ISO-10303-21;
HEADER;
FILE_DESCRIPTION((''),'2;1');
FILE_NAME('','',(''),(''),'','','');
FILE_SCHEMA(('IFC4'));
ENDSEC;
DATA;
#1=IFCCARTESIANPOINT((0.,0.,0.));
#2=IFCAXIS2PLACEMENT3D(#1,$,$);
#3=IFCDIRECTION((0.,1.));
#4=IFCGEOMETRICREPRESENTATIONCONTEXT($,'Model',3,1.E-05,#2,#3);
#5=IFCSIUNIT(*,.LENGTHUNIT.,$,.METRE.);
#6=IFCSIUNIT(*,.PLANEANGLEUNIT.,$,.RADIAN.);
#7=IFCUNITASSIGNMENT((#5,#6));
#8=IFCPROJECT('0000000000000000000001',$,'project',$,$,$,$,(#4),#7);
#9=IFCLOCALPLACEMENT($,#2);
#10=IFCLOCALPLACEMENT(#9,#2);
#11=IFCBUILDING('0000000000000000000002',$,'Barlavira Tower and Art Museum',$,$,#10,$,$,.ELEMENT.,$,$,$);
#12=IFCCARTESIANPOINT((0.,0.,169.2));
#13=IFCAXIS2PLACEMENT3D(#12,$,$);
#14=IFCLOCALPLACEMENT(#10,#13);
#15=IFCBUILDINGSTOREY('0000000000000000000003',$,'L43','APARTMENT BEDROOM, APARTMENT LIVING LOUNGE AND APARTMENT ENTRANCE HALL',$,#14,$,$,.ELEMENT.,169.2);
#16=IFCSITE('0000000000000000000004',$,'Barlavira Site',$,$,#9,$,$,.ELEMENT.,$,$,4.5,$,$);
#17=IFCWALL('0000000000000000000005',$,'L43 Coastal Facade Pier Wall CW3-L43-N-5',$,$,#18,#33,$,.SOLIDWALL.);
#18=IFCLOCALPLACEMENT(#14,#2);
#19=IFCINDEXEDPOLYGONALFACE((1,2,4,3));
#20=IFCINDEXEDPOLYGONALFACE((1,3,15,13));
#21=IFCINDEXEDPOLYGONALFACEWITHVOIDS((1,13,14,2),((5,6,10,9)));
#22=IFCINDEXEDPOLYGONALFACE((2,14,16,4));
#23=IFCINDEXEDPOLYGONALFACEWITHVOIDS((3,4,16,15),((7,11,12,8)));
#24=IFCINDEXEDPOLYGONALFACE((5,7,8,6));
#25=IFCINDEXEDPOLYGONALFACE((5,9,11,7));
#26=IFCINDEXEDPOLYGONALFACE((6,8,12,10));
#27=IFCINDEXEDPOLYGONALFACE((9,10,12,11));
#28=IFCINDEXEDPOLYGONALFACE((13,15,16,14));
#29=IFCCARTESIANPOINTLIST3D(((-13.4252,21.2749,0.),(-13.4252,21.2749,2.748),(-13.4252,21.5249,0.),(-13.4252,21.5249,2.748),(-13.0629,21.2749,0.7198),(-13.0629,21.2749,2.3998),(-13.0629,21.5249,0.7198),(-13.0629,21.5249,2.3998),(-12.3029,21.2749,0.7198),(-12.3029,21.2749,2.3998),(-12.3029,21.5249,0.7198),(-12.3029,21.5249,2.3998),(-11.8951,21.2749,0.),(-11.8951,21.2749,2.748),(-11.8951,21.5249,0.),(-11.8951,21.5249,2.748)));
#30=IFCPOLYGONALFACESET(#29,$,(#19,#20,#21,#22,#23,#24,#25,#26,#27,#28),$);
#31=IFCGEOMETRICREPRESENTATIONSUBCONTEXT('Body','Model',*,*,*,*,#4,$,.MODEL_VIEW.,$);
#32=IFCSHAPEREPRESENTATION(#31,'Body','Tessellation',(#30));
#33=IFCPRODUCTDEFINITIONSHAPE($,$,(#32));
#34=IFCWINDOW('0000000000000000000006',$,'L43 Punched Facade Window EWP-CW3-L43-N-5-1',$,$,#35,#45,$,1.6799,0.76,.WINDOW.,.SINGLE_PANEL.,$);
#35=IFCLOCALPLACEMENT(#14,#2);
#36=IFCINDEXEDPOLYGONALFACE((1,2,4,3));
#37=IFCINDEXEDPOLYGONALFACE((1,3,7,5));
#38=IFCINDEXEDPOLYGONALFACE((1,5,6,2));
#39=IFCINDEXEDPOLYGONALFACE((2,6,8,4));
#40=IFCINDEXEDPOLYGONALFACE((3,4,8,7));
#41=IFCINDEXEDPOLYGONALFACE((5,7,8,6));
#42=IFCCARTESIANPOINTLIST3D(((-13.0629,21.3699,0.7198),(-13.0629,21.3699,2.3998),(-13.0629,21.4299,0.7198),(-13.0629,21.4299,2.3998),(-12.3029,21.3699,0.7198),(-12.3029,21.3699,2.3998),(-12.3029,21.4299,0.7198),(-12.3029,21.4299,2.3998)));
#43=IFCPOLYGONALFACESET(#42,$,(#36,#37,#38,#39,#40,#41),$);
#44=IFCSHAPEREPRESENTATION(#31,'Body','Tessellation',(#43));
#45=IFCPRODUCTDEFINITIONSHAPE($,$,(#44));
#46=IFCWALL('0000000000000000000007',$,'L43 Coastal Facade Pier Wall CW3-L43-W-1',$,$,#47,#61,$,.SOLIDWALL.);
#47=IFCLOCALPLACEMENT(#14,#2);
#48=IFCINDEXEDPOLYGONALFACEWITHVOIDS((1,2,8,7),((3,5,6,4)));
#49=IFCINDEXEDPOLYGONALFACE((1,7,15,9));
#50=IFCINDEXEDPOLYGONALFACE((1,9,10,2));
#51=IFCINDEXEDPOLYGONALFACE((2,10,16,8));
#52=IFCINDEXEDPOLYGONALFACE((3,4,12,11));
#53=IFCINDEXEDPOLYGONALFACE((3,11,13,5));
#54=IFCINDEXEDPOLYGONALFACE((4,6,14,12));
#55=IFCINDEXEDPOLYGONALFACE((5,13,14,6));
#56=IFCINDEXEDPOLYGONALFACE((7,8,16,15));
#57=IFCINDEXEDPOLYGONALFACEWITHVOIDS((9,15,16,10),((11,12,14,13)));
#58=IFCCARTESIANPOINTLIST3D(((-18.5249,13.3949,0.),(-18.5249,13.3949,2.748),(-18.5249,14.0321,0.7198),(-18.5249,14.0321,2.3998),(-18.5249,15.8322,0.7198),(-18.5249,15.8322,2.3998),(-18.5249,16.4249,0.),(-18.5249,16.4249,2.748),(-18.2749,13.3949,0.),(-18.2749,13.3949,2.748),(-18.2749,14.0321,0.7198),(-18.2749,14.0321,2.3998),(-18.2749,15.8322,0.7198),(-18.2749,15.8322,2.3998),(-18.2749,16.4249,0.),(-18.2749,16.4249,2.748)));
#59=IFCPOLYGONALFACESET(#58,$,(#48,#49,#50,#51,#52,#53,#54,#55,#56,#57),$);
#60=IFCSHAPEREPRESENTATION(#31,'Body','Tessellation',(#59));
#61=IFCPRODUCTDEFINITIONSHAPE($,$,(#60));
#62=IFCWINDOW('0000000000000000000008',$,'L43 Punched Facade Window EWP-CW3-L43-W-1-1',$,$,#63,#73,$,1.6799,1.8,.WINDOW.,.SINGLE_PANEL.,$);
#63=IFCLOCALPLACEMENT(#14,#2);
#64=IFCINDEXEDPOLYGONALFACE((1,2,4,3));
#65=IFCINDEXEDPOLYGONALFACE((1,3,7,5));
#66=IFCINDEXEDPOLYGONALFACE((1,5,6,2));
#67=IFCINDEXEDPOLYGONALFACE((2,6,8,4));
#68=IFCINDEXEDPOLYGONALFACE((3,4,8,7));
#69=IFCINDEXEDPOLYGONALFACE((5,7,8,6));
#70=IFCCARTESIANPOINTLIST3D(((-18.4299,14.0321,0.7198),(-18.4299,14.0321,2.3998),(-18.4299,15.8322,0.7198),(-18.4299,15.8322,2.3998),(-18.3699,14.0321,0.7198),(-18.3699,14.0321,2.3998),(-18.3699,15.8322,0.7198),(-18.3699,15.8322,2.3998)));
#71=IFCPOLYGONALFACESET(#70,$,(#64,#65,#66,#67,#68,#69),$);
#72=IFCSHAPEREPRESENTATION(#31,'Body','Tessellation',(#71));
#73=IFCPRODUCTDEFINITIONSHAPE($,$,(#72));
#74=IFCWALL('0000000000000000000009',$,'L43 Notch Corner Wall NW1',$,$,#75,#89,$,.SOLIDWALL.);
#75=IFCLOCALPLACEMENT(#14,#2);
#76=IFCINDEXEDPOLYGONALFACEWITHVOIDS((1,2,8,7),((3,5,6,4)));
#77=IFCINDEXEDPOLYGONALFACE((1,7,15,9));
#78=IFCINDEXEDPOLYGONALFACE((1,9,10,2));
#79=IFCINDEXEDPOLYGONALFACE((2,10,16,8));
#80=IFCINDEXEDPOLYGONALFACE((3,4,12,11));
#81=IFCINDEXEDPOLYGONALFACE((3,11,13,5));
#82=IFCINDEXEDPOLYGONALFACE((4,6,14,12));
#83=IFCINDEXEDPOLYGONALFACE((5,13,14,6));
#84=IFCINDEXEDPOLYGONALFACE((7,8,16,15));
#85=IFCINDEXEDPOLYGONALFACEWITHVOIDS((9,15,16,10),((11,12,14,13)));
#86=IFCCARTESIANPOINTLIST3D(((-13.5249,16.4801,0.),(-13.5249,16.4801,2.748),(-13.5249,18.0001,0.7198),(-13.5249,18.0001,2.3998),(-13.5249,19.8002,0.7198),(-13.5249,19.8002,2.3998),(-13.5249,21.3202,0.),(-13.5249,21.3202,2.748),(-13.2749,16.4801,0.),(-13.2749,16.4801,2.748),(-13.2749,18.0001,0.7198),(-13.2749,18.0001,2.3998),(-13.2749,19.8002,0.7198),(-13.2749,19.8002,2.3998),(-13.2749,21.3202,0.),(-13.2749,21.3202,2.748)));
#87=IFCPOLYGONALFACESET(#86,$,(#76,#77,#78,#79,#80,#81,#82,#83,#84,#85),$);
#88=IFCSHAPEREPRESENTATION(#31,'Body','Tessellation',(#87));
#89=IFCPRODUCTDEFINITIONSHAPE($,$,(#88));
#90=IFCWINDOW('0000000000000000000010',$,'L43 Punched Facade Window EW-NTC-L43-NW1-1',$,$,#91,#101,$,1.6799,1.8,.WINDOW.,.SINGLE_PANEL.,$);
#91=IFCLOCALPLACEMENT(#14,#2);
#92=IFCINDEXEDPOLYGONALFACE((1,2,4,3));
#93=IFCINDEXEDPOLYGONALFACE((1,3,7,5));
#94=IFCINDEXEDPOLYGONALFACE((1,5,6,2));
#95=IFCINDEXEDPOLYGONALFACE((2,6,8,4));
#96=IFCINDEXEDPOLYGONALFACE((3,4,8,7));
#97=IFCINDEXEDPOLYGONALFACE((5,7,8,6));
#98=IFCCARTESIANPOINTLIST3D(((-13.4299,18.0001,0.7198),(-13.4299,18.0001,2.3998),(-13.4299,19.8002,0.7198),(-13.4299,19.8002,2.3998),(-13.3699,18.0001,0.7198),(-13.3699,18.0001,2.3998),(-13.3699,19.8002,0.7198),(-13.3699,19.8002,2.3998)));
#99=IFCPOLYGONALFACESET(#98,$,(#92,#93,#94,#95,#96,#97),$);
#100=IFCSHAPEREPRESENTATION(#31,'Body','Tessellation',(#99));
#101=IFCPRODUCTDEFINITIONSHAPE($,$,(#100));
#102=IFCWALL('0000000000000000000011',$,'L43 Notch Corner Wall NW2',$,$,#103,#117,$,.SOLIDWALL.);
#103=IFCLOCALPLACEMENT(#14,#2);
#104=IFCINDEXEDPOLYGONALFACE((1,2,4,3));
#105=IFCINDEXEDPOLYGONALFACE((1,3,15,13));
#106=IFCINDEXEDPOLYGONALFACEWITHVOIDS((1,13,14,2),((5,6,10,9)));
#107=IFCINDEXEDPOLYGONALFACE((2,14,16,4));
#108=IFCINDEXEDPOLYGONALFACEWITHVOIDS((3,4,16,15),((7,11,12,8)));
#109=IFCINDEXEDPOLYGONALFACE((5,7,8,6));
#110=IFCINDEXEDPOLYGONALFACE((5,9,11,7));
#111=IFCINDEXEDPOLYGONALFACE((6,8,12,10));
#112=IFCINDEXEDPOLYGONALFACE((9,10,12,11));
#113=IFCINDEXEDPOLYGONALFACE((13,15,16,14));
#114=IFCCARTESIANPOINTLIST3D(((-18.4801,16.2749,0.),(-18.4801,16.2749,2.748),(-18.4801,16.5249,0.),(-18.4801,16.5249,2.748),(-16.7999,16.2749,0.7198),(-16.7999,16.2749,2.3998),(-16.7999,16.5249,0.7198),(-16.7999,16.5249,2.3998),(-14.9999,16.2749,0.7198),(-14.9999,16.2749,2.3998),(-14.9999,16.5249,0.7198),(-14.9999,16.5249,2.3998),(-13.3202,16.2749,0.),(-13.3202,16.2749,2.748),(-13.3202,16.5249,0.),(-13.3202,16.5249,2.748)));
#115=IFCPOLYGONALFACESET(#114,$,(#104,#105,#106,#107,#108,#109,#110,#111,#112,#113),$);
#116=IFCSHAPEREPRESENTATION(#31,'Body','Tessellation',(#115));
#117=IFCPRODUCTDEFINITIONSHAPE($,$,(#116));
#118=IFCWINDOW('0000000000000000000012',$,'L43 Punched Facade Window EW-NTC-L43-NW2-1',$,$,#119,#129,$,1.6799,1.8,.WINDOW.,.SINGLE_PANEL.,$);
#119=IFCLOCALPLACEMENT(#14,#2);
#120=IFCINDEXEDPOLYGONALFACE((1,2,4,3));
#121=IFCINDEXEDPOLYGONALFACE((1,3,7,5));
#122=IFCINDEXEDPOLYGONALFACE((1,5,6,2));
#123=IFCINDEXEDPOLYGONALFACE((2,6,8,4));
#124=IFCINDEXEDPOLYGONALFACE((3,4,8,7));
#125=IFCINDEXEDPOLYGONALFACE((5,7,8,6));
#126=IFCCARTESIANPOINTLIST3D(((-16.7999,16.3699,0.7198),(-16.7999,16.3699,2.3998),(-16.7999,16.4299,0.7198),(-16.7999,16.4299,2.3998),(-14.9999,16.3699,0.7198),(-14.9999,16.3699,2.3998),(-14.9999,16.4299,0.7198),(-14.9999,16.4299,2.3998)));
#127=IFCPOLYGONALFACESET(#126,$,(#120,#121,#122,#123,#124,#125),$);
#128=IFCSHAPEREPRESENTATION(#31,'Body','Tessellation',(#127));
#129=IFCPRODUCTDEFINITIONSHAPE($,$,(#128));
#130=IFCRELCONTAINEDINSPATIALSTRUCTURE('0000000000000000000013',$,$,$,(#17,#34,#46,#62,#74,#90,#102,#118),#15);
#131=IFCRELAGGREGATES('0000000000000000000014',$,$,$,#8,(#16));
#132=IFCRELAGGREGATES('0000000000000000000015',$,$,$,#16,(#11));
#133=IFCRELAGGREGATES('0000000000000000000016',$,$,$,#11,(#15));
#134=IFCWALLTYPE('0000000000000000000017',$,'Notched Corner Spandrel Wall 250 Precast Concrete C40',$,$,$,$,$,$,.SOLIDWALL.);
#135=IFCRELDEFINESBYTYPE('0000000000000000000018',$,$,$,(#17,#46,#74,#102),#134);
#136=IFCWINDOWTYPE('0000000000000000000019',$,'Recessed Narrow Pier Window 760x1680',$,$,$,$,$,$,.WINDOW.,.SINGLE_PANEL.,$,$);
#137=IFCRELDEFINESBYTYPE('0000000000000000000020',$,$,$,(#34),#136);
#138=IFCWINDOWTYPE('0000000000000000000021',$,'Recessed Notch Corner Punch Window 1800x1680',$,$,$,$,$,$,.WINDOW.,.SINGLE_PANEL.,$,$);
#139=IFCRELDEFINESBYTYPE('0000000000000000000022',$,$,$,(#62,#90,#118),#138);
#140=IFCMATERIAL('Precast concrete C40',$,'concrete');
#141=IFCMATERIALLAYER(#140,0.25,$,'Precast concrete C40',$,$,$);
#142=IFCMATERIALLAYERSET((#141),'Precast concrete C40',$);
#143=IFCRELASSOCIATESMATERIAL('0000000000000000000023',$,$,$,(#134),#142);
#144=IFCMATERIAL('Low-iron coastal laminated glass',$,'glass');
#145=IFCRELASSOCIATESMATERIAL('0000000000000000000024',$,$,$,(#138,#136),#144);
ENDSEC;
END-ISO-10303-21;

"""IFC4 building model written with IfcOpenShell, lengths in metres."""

from ifc_helpers import new_model, si_unit, direction, frame, frame_2d, origin, place, context, subcontext, project, spatial, rectangle, extrude, material, layer, layer_set, type_object, element, fill, save


model = new_model("IFC4")

# Units and contexts
model_context = context("Model", 3, precision=1e-05, world=origin(), true_north=direction((0.0, 1.0)))
body_context = subcontext(model_context, "Body", "Model", "MODEL_VIEW")
ifc_project = project(units=[si_unit("LENGTHUNIT", "METRE"), si_unit("PLANEANGLEUNIT", "RADIAN")], contexts=[model_context])

# Site, building, storey
site_placement = place(None, origin())
site = spatial("IfcSite", under=ifc_project, at=site_placement, Name="Barlavira Site", CompositionType="ELEMENT", RefElevation=4.5)
building_placement = place(site_placement, origin())
building = spatial("IfcBuilding", under=site, at=building_placement, Name="Barlavira Tower and Art Museum", CompositionType="ELEMENT")
storey_placement = place(building_placement, frame((0.0, 0.0, 169.2)))
storey = spatial("IfcBuildingStorey", under=building, at=storey_placement, Name="L43", Description="APARTMENT BEDROOM, APARTMENT LIVING LOUNGE AND APARTMENT ENTRANCE HALL", CompositionType="ELEMENT", Elevation=169.2)

# Walls, openings, windows
ifc_material_1 = material(Name="Precast concrete C40", Category="concrete")
ifc_layer_1 = layer(ifc_material_1, 0.25, Name="Precast concrete C40")
ifc_layer_set_1 = layer_set([ifc_layer_1], Name="Precast concrete C40")
wall_type_1 = type_object("IfcWallType", Name="Notched Corner Spandrel Wall 250 Precast Concrete C40", PredefinedType="SOLIDWALL", material=ifc_layer_set_1)
ifc_material_2 = material(Name="Low-iron coastal laminated glass", Category="glass")
window_type_1 = type_object("IfcWindowType", Name="Recessed Notch Corner Punch Window 1800x1680", PartitioningType="SINGLE_PANEL", PredefinedType="WINDOW", material=ifc_material_2)
wall_1_placement = place(storey_placement, frame((-11.895, 21.3999, 0.0), z_axis=(0.0, 0.0, 1.0), x_axis=(-1.0, 0.0, 0.0)))
wall_1 = element("IfcWall", 1, at=wall_1_placement, inside=storey, type_object=wall_type_1, Name="L43 Coastal Facade Pier Wall CW3-L43-N-5", PredefinedType="SOLIDWALL", context=body_context, shape_type="SweptSolid", body=[
    extrude(rectangle(XDim=1.53, YDim=0.25, at=frame_2d((0.7651, 0.0))), origin(), (0.0, 0.0, 1.0), 2.748),
])
opening_1_placement = place(wall_1_placement, frame((0.408, 0.0, 0.72)))
opening_1 = element("IfcOpeningElement", 2, at=opening_1_placement, cuts=wall_1, PredefinedType="OPENING", context=body_context, shape_type="SweptSolid", body=[
    extrude(rectangle(XDim=0.76, YDim=1.6799, at=frame_2d((0.3799, 0.8398))), frame((0.0, 0.135, 0.0), z_axis=(0.0, -1.0, 0.0), x_axis=(1.0, 0.0, 0.0)), (0.0, 0.0, 1.0), 0.27),
])
window_type_2 = type_object("IfcWindowType", Name="Recessed Narrow Pier Window 760x1680", PartitioningType="SINGLE_PANEL", PredefinedType="WINDOW", material=ifc_material_2)
window_1_placement = place(opening_1_placement, origin())
window_1 = element("IfcWindow", 3, at=window_1_placement, inside=storey, type_object=window_type_2, Name="L43 Punched Facade Window EWP-CW3-L43-N-5-1", OverallHeight=1.6799, OverallWidth=0.76, PartitioningType="SINGLE_PANEL", PredefinedType="WINDOW", context=body_context, shape_type="SweptSolid", body=[
    extrude(rectangle(XDim=0.76, YDim=1.6799, at=frame_2d((0.3799, 0.8398))), frame((0.0, 0.03, 0.0), z_axis=(0.0, -1.0, 0.0), x_axis=(1.0, 0.0, 0.0)), (0.0, 0.0, 1.0), 0.0601),
])
fill(opening_1, window_1)
wall_2_placement = place(storey_placement, frame((-18.3999, 16.425, 0.0), z_axis=(0.0, 0.0, 1.0), x_axis=(0.0, -1.0, 0.0)))
wall_2 = element("IfcWall", 4, at=wall_2_placement, inside=storey, type_object=wall_type_1, Name="L43 Coastal Facade Pier Wall CW3-L43-W-1", PredefinedType="SOLIDWALL", context=body_context, shape_type="SweptSolid", body=[
    extrude(rectangle(XDim=3.03, YDim=0.25, at=frame_2d((1.5151, 0.0))), origin(), (0.0, 0.0, 1.0), 2.748),
])
opening_2_placement = place(wall_2_placement, frame((0.593, 0.0, 0.72)))
opening_2 = element("IfcOpeningElement", 5, at=opening_2_placement, cuts=wall_2, PredefinedType="OPENING", context=body_context, shape_type="SweptSolid", body=[
    extrude(rectangle(XDim=1.8, YDim=1.6799, at=frame_2d((0.8999, 0.8398))), frame((0.0, 0.135, 0.0), z_axis=(0.0, -1.0, 0.0), x_axis=(1.0, 0.0, 0.0)), (0.0, 0.0, 1.0), 0.27),
])
window_2_placement = place(opening_2_placement, origin())
window_2 = element("IfcWindow", 6, at=window_2_placement, inside=storey, type_object=window_type_1, Name="L43 Punched Facade Window EWP-CW3-L43-W-1-1", OverallHeight=1.6799, OverallWidth=1.8, PartitioningType="SINGLE_PANEL", PredefinedType="WINDOW", context=body_context, shape_type="SweptSolid", body=[
    extrude(rectangle(XDim=1.8, YDim=1.6799, at=frame_2d((0.8999, 0.8398))), frame((0.0, 0.03, 0.0), z_axis=(0.0, -1.0, 0.0), x_axis=(1.0, 0.0, 0.0)), (0.0, 0.0, 1.0), 0.0601),
])
fill(opening_2, window_2)
wall_3_placement = place(storey_placement, frame((-13.3999, 21.3201, 0.0), z_axis=(0.0, 0.0, 1.0), x_axis=(0.0, -1.0, 0.0)))
wall_3 = element("IfcWall", 7, at=wall_3_placement, inside=storey, type_object=wall_type_1, Name="L43 Notch Corner Wall NW1", PredefinedType="SOLIDWALL", context=body_context, shape_type="SweptSolid", body=[
    extrude(rectangle(XDim=4.8401, YDim=0.25, at=frame_2d((2.4199, 0.0))), origin(), (0.0, 0.0, 1.0), 2.748),
])
opening_3_placement = place(wall_3_placement, frame((1.52, 0.0, 0.72)))
opening_3 = element("IfcOpeningElement", 8, at=opening_3_placement, cuts=wall_3, PredefinedType="OPENING", context=body_context, shape_type="SweptSolid", body=[
    extrude(rectangle(XDim=1.8, YDim=1.6799, at=frame_2d((0.8999, 0.8398))), frame((0.0, 0.135, 0.0), z_axis=(0.0, -1.0, 0.0), x_axis=(1.0, 0.0, 0.0)), (0.0, 0.0, 1.0), 0.27),
])
window_3_placement = place(opening_3_placement, origin())
window_3 = element("IfcWindow", 9, at=window_3_placement, inside=storey, type_object=window_type_1, Name="L43 Punched Facade Window EW-NTC-L43-NW1-1", OverallHeight=1.6799, OverallWidth=1.8, PartitioningType="SINGLE_PANEL", PredefinedType="WINDOW", context=body_context, shape_type="SweptSolid", body=[
    extrude(rectangle(XDim=1.8, YDim=1.6799, at=frame_2d((0.8999, 0.8398))), frame((0.0, 0.03, 0.0), z_axis=(0.0, -1.0, 0.0), x_axis=(1.0, 0.0, 0.0)), (0.0, 0.0, 1.0), 0.0601),
])
fill(opening_3, window_3)
wall_4_placement = place(storey_placement, frame((-13.3201, 16.3999, 0.0), z_axis=(0.0, 0.0, 1.0), x_axis=(-1.0, 0.0, 0.0)))
wall_4 = element("IfcWall", 10, at=wall_4_placement, inside=storey, type_object=wall_type_1, Name="L43 Notch Corner Wall NW2", PredefinedType="SOLIDWALL", context=body_context, shape_type="SweptSolid", body=[
    extrude(rectangle(XDim=5.1599, YDim=0.25, at=frame_2d((2.5801, 0.0))), origin(), (0.0, 0.0, 1.0), 2.748),
])
opening_4_placement = place(wall_4_placement, frame((1.6799, 0.0, 0.72)))
opening_4 = element("IfcOpeningElement", 11, at=opening_4_placement, cuts=wall_4, PredefinedType="OPENING", context=body_context, shape_type="SweptSolid", body=[
    extrude(rectangle(XDim=1.8, YDim=1.6799, at=frame_2d((0.8999, 0.8398))), frame((0.0, 0.135, 0.0), z_axis=(0.0, -1.0, 0.0), x_axis=(1.0, 0.0, 0.0)), (0.0, 0.0, 1.0), 0.27),
])
window_4_placement = place(opening_4_placement, origin())
window_4 = element("IfcWindow", 12, at=window_4_placement, inside=storey, type_object=window_type_1, Name="L43 Punched Facade Window EW-NTC-L43-NW2-1", OverallHeight=1.6799, OverallWidth=1.8, PartitioningType="SINGLE_PANEL", PredefinedType="WINDOW", context=body_context, shape_type="SweptSolid", body=[
    extrude(rectangle(XDim=1.8, YDim=1.6799, at=frame_2d((0.8999, 0.8398))), frame((0.0, 0.03, 0.0), z_axis=(0.0, -1.0, 0.0), x_axis=(1.0, 0.0, 0.0)), (0.0, 0.0, 1.0), 0.0601),
])
fill(opening_4, window_4)

save(model, "model.ifc")
